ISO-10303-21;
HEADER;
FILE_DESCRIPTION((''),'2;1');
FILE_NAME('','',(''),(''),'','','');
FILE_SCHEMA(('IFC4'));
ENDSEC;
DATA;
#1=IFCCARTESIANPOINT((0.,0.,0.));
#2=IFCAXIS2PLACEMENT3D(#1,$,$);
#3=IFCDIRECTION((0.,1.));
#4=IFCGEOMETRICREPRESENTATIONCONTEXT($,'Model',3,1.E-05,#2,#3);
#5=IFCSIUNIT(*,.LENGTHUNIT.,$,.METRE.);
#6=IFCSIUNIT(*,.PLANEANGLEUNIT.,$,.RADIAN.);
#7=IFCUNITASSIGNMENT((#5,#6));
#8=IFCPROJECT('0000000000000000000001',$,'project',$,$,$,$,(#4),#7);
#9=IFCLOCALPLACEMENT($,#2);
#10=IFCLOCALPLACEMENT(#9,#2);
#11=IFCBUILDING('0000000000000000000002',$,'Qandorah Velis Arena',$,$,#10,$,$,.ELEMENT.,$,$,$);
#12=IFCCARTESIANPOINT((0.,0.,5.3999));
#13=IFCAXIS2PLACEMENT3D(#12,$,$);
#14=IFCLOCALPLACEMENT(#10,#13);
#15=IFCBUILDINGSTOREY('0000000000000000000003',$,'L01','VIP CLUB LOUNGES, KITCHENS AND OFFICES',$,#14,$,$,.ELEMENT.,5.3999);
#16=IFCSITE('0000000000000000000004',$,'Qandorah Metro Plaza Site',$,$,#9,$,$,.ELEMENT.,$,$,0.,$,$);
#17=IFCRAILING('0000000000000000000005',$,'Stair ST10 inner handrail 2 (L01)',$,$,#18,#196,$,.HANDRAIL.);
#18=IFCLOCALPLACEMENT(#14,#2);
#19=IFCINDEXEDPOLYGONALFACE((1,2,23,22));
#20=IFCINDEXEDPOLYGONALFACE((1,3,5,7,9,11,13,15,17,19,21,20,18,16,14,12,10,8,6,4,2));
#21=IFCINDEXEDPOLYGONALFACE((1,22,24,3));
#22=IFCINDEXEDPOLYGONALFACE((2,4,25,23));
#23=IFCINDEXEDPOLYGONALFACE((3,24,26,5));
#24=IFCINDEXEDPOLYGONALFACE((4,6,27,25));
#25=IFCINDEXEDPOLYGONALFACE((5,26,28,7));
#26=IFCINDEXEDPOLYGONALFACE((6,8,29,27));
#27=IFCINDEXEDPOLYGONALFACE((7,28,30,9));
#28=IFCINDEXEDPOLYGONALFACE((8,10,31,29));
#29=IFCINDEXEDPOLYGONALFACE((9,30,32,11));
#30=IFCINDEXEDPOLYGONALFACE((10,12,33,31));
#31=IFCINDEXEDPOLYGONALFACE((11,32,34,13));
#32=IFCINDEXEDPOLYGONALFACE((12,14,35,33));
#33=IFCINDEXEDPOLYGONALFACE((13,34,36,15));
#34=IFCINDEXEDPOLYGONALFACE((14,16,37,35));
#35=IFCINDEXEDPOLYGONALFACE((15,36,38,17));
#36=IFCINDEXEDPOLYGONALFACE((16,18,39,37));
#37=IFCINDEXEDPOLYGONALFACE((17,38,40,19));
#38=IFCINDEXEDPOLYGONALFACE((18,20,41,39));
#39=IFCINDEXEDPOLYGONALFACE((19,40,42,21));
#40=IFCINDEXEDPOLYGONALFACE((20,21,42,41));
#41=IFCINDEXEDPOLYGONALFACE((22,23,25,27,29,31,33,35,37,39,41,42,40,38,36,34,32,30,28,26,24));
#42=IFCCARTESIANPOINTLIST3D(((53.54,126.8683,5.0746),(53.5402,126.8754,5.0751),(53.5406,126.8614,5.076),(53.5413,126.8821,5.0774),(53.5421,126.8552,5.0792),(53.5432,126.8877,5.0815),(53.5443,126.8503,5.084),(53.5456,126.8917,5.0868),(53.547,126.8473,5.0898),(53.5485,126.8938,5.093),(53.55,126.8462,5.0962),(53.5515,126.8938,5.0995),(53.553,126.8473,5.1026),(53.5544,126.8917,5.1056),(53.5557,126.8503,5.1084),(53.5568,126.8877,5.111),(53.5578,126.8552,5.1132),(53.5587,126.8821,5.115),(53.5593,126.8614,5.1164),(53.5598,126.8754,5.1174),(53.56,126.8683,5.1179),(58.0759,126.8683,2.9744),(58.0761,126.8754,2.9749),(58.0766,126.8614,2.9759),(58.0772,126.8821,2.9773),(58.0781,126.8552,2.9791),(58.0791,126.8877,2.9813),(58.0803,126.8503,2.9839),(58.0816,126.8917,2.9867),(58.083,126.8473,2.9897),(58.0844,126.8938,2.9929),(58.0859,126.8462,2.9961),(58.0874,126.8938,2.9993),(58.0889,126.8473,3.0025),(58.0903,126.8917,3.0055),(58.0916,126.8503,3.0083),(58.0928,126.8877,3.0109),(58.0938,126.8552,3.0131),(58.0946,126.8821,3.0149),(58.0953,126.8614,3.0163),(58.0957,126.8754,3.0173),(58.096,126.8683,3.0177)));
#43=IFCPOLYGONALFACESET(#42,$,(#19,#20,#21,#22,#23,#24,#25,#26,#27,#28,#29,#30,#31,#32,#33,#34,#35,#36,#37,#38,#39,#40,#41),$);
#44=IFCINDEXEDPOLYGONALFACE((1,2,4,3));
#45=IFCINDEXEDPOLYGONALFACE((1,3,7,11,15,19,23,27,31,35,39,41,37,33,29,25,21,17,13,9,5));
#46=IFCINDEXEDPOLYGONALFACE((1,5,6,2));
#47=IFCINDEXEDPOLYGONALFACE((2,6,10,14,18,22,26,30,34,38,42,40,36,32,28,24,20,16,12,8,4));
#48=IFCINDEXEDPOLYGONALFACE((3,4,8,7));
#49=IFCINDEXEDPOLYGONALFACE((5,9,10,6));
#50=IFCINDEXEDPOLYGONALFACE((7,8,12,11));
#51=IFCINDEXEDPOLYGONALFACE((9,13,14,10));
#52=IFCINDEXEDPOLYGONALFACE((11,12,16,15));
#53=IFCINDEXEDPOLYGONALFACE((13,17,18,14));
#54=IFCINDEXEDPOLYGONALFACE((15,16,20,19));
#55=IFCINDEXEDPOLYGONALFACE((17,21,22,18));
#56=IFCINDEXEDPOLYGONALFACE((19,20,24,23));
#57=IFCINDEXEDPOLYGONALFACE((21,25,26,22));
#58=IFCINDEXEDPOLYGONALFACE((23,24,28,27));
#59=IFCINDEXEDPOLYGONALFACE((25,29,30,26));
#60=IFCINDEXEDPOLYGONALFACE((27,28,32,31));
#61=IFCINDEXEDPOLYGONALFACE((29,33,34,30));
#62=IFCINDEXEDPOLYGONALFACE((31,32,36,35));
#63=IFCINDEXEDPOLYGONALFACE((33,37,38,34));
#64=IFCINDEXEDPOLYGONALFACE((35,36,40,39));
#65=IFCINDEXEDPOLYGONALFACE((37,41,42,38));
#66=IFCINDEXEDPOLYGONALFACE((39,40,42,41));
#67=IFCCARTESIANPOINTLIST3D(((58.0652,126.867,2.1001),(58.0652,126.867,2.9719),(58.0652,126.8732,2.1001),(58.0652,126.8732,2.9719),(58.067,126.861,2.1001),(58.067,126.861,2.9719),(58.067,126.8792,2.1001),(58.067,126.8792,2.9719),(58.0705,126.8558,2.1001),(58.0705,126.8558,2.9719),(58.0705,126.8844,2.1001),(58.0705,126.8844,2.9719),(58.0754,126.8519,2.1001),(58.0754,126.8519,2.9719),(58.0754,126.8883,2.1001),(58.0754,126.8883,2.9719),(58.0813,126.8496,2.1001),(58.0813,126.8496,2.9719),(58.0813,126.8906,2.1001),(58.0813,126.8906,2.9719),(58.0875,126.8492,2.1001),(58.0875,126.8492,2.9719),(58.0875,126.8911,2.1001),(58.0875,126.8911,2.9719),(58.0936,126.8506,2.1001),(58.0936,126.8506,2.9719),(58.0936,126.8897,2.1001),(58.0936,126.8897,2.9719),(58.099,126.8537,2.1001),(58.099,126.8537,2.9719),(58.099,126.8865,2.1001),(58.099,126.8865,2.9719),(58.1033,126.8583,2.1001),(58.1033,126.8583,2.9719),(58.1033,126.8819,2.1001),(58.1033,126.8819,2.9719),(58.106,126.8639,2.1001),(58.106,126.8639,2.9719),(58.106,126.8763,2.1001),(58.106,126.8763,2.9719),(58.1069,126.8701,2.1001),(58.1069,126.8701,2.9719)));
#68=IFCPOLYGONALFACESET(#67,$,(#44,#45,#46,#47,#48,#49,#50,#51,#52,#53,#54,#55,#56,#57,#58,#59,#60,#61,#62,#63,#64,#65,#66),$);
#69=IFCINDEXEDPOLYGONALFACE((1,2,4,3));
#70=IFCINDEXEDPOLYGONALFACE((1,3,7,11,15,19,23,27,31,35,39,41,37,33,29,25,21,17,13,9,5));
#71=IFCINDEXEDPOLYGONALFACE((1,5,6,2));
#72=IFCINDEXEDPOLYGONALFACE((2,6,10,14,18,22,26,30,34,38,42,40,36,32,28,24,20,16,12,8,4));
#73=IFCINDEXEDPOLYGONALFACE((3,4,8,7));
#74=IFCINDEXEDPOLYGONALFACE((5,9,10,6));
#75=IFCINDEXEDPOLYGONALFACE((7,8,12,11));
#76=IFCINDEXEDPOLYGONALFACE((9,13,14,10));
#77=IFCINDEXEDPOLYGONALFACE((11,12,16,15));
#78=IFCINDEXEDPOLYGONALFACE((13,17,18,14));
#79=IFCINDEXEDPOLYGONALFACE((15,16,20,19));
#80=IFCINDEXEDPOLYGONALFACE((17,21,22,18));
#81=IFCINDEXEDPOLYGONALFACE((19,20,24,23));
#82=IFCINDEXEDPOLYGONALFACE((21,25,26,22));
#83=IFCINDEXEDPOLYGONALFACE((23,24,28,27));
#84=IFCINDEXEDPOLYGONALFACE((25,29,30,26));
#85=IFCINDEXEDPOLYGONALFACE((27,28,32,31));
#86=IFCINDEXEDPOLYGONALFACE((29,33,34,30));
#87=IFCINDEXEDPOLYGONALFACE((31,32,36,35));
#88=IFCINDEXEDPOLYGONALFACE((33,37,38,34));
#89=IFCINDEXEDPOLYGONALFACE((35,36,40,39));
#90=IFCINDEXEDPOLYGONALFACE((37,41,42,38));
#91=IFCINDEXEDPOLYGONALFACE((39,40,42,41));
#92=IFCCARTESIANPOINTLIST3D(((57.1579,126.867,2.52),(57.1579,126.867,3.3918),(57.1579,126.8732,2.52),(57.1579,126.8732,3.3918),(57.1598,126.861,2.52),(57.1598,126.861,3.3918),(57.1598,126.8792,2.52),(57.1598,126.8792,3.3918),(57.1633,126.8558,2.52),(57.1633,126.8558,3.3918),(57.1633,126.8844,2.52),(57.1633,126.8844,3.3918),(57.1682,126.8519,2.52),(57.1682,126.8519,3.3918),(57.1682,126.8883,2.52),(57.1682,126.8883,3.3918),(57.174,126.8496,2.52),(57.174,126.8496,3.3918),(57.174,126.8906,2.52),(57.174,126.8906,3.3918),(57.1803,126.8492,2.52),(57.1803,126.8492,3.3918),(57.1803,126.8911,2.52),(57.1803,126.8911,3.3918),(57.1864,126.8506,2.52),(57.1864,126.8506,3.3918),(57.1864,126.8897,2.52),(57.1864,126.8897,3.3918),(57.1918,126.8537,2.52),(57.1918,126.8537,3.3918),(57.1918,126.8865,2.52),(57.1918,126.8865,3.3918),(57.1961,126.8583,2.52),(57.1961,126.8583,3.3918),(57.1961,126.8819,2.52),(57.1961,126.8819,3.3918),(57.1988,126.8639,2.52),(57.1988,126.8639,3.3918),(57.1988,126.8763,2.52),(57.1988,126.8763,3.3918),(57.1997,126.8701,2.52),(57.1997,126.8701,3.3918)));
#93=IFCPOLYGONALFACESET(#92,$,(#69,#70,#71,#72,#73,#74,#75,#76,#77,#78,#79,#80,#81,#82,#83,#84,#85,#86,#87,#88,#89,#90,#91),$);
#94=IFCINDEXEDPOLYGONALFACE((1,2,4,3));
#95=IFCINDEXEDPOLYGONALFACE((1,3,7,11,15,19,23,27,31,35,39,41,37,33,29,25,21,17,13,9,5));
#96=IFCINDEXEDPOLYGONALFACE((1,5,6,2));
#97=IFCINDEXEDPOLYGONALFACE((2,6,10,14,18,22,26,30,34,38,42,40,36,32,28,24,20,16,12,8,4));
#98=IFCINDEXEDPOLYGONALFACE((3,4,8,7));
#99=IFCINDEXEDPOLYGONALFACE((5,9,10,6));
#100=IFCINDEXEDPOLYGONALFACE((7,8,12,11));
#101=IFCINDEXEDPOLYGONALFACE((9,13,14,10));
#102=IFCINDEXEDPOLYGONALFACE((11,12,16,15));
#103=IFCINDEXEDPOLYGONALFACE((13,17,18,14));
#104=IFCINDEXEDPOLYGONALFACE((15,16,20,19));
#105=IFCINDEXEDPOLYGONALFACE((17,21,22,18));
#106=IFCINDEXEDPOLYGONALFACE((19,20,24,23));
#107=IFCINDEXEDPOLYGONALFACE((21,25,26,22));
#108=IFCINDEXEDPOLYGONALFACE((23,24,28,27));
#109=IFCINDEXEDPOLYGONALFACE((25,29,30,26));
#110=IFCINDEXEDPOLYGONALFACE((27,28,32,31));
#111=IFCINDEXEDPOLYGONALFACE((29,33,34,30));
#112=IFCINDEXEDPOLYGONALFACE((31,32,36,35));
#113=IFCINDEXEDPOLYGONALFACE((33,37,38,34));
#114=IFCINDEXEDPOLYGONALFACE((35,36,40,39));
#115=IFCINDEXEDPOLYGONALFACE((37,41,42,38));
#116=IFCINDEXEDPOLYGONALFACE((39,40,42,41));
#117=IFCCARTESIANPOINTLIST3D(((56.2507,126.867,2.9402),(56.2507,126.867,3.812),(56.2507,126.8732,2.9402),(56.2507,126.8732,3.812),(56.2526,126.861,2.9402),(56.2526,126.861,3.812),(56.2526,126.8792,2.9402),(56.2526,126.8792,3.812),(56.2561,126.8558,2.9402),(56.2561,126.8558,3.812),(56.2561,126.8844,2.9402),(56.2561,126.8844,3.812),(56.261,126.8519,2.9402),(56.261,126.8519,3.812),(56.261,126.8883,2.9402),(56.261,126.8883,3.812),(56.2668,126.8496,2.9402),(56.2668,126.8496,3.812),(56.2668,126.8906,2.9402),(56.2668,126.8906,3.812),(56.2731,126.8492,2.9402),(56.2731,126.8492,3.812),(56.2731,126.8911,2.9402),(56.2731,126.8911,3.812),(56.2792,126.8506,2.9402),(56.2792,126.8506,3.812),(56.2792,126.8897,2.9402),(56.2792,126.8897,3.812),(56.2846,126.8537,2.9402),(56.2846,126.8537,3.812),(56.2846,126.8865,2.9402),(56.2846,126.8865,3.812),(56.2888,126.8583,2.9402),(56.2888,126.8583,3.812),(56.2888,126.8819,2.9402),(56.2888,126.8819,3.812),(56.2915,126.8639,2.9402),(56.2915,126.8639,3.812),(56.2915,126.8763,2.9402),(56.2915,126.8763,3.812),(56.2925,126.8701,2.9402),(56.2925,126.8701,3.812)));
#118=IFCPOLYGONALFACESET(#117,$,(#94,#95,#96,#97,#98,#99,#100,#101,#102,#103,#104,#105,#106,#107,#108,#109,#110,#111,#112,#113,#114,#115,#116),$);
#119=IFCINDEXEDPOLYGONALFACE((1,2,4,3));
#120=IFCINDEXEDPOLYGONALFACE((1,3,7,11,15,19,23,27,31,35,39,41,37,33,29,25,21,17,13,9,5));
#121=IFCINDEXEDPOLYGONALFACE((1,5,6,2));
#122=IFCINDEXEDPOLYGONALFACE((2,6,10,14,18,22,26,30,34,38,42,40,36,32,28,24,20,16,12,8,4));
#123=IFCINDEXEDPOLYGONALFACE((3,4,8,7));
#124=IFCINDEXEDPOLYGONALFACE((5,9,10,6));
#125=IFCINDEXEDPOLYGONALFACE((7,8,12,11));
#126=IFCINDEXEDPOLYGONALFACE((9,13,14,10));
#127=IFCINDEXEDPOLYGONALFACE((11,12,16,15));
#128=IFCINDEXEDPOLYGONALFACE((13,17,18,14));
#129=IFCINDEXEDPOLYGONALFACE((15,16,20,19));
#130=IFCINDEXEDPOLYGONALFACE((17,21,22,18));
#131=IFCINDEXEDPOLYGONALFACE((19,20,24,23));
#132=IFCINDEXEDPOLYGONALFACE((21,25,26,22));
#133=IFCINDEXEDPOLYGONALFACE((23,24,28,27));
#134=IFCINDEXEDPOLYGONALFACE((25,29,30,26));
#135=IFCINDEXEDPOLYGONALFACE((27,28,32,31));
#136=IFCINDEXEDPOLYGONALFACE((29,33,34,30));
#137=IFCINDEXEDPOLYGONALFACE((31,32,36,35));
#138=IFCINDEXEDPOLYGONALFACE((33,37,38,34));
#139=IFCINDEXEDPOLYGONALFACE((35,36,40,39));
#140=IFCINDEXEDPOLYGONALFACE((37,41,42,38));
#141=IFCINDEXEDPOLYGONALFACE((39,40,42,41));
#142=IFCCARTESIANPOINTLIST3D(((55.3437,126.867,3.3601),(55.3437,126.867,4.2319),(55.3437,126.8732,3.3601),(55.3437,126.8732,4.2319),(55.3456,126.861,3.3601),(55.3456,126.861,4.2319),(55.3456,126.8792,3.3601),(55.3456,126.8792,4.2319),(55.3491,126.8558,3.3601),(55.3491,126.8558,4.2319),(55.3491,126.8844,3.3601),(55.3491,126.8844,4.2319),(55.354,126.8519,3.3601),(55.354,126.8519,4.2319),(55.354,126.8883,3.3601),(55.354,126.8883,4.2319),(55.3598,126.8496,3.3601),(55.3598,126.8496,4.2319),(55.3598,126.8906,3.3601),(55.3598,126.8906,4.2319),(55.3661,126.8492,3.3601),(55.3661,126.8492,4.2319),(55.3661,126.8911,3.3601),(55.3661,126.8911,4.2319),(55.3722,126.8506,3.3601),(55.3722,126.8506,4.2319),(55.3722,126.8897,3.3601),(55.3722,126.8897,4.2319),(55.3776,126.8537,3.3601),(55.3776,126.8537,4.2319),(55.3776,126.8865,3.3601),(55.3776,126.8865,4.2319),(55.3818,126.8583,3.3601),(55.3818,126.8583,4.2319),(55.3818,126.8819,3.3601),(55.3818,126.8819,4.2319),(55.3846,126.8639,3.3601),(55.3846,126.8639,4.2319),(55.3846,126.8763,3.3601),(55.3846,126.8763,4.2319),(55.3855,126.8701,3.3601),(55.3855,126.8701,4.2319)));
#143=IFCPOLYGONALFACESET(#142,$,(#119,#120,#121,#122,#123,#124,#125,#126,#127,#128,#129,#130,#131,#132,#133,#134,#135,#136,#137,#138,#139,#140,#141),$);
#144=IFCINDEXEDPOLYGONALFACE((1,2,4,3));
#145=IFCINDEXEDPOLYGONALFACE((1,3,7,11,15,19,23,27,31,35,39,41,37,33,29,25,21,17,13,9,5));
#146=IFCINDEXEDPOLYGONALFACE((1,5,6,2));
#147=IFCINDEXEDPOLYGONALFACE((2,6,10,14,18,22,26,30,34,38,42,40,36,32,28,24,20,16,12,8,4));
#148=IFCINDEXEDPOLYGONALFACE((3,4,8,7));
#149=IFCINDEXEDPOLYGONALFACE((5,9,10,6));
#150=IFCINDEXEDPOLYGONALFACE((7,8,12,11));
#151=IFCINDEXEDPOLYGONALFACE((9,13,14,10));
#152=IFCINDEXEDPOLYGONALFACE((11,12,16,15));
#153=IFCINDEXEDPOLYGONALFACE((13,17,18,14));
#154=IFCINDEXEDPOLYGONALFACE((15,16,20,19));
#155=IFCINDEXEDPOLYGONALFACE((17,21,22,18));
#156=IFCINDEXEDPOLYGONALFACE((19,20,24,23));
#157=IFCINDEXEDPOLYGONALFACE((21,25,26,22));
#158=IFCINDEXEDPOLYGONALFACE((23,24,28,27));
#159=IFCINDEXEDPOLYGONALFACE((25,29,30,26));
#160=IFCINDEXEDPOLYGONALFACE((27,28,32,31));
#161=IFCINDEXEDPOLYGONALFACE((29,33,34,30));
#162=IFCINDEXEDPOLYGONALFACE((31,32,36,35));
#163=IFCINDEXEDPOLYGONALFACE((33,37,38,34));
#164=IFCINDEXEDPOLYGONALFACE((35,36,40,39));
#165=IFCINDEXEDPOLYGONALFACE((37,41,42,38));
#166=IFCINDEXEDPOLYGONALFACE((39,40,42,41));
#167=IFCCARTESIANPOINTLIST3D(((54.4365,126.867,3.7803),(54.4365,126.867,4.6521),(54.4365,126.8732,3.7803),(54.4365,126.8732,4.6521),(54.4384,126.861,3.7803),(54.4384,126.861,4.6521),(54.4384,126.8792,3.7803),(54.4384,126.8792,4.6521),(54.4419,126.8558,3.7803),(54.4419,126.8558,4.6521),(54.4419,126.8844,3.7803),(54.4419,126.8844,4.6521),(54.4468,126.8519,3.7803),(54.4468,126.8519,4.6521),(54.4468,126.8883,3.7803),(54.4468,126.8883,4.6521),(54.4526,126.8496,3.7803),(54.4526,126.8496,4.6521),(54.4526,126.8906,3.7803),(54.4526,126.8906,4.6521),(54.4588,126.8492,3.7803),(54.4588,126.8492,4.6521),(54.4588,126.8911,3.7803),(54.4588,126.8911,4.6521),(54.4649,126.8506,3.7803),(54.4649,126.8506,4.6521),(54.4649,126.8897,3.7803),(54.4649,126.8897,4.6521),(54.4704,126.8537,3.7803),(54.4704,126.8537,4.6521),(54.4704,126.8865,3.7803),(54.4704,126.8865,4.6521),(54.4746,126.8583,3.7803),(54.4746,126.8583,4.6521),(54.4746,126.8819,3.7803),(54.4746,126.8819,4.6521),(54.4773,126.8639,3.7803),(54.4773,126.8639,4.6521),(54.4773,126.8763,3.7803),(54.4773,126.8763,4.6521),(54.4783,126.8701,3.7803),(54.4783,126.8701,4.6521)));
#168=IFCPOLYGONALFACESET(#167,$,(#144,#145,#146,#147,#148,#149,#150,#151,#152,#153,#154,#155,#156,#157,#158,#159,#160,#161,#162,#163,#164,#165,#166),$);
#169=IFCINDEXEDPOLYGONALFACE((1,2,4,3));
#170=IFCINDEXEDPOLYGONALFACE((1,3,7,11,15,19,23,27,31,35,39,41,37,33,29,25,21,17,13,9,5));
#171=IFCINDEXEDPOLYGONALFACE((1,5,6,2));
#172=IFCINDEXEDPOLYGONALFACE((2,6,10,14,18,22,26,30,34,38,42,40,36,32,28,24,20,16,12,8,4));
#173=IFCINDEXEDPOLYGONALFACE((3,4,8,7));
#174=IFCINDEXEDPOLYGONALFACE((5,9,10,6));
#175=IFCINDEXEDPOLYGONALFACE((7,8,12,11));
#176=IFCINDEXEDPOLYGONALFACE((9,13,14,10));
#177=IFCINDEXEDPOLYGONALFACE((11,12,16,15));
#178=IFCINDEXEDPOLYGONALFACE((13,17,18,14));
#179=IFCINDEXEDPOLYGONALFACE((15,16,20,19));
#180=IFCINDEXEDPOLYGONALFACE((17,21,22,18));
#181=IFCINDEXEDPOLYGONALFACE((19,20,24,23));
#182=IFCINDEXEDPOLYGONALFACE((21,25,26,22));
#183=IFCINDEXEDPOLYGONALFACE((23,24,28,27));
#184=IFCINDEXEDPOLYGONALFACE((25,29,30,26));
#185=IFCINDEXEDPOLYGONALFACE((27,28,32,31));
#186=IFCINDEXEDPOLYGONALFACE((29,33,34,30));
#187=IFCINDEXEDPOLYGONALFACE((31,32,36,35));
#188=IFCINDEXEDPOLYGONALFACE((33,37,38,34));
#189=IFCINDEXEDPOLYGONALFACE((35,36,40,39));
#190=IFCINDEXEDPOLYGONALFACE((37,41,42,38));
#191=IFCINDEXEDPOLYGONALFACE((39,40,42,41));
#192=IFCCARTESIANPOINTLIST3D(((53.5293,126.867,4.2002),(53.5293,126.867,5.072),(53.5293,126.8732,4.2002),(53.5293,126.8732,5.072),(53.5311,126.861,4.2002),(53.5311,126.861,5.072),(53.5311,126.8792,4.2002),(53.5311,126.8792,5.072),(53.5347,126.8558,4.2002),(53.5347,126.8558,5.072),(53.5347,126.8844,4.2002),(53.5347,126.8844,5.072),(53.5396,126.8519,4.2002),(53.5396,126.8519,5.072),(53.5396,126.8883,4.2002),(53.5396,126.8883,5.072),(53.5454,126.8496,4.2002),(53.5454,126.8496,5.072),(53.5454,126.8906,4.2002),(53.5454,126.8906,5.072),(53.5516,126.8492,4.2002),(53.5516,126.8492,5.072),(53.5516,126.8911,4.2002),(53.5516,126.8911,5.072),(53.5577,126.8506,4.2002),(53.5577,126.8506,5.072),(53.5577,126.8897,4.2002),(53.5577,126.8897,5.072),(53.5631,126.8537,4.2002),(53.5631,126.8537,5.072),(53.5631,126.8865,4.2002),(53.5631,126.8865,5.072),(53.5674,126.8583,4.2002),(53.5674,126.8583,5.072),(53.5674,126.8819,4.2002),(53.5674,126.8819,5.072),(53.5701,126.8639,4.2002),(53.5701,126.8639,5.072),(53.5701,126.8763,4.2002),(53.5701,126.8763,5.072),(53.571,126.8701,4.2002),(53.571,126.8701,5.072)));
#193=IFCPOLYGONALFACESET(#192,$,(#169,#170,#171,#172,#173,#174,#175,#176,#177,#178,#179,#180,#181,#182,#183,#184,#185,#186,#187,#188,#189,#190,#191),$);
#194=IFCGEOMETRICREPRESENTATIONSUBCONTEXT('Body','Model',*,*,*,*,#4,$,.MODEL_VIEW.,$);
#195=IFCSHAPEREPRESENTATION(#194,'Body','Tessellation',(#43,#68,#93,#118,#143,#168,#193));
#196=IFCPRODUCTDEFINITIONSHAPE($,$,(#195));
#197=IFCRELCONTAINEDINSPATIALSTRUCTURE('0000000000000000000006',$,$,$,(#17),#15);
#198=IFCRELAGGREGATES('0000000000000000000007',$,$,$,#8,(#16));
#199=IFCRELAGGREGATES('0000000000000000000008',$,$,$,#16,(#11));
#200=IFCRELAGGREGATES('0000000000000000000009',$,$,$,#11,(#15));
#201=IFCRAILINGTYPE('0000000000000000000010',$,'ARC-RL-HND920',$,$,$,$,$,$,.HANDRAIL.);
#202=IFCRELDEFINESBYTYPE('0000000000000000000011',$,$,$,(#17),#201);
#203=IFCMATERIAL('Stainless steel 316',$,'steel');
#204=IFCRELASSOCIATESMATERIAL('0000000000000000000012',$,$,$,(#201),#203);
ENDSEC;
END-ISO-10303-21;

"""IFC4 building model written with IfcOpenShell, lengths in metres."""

from ifc_helpers import new_model, si_unit, direction, frame, origin, origin_2d, place, context, subcontext, project, spatial, circle, extrude, material, type_object, element, save


model = new_model("IFC4")

# Units and contexts
model_context = context("Model", 3, precision=1e-05, world=origin(), true_north=direction((0.0, 1.0)))
body_context = subcontext(model_context, "Body", "Model", "MODEL_VIEW")
ifc_project = project(units=[si_unit("LENGTHUNIT", "METRE"), si_unit("PLANEANGLEUNIT", "RADIAN")], contexts=[model_context])

# Site, building, storey
site_placement = place(None, origin())
site = spatial("IfcSite", under=ifc_project, at=site_placement, Name="Qandorah Metro Plaza Site", CompositionType="ELEMENT", RefElevation=0.0)
building_placement = place(site_placement, origin())
building = spatial("IfcBuilding", under=site, at=building_placement, Name="Qandorah Velis Arena", CompositionType="ELEMENT")
storey_placement = place(building_placement, frame((0.0, 0.0, 5.3999)))
storey = spatial("IfcBuildingStorey", under=building, at=storey_placement, Name="L01", Description="VIP CLUB LOUNGES, KITCHENS AND OFFICES", CompositionType="ELEMENT", Elevation=5.3999)

# Railing
ifc_material_1 = material(Name="Stainless steel 316", Category="steel")
railing_type_1 = type_object("IfcRailingType", Name="ARC-RL-HND920", PredefinedType="HANDRAIL", material=ifc_material_1)
railing_1_placement = place(storey_placement, frame((58.0859, 126.8701, 2.1001)))
element("IfcRailing", 1, at=railing_1_placement, inside=storey, type_object=railing_type_1, Name="Stair ST10 inner handrail 2 (L01)", PredefinedType="HANDRAIL", context=body_context, shape_type="SweptSolid", body=[
    extrude(circle(Radius=0.0239, at=origin_2d()), frame((0.0, 0.0, 0.896), z_axis=(-0.907456, 0.0, 0.420148), x_axis=(0.0, -1.0, 0.0)), (0.0, 0.0, 1.0), 4.9985),
    extrude(circle(Radius=0.021, at=origin_2d()), origin(), (0.0, 0.0, 1.0), 0.8718),
    extrude(circle(Radius=0.021, at=origin_2d()), frame((-0.9072, 0.0, 0.4199)), (0.0, 0.0, 1.0), 0.8718),
    extrude(circle(Radius=0.021, at=origin_2d()), frame((-1.8145, 0.0, 0.8401)), (0.0, 0.0, 1.0), 0.8718),
    extrude(circle(Radius=0.021, at=origin_2d()), frame((-2.7214, 0.0, 1.26)), (0.0, 0.0, 1.0), 0.8718),
    extrude(circle(Radius=0.021, at=origin_2d()), frame((-3.6287, 0.0, 1.6802)), (0.0, 0.0, 1.0), 0.8718),
    extrude(circle(Radius=0.021, at=origin_2d()), frame((-4.5359, 0.0, 2.1001)), (0.0, 0.0, 1.0), 0.8718),
])

save(model, "model.ifc")
